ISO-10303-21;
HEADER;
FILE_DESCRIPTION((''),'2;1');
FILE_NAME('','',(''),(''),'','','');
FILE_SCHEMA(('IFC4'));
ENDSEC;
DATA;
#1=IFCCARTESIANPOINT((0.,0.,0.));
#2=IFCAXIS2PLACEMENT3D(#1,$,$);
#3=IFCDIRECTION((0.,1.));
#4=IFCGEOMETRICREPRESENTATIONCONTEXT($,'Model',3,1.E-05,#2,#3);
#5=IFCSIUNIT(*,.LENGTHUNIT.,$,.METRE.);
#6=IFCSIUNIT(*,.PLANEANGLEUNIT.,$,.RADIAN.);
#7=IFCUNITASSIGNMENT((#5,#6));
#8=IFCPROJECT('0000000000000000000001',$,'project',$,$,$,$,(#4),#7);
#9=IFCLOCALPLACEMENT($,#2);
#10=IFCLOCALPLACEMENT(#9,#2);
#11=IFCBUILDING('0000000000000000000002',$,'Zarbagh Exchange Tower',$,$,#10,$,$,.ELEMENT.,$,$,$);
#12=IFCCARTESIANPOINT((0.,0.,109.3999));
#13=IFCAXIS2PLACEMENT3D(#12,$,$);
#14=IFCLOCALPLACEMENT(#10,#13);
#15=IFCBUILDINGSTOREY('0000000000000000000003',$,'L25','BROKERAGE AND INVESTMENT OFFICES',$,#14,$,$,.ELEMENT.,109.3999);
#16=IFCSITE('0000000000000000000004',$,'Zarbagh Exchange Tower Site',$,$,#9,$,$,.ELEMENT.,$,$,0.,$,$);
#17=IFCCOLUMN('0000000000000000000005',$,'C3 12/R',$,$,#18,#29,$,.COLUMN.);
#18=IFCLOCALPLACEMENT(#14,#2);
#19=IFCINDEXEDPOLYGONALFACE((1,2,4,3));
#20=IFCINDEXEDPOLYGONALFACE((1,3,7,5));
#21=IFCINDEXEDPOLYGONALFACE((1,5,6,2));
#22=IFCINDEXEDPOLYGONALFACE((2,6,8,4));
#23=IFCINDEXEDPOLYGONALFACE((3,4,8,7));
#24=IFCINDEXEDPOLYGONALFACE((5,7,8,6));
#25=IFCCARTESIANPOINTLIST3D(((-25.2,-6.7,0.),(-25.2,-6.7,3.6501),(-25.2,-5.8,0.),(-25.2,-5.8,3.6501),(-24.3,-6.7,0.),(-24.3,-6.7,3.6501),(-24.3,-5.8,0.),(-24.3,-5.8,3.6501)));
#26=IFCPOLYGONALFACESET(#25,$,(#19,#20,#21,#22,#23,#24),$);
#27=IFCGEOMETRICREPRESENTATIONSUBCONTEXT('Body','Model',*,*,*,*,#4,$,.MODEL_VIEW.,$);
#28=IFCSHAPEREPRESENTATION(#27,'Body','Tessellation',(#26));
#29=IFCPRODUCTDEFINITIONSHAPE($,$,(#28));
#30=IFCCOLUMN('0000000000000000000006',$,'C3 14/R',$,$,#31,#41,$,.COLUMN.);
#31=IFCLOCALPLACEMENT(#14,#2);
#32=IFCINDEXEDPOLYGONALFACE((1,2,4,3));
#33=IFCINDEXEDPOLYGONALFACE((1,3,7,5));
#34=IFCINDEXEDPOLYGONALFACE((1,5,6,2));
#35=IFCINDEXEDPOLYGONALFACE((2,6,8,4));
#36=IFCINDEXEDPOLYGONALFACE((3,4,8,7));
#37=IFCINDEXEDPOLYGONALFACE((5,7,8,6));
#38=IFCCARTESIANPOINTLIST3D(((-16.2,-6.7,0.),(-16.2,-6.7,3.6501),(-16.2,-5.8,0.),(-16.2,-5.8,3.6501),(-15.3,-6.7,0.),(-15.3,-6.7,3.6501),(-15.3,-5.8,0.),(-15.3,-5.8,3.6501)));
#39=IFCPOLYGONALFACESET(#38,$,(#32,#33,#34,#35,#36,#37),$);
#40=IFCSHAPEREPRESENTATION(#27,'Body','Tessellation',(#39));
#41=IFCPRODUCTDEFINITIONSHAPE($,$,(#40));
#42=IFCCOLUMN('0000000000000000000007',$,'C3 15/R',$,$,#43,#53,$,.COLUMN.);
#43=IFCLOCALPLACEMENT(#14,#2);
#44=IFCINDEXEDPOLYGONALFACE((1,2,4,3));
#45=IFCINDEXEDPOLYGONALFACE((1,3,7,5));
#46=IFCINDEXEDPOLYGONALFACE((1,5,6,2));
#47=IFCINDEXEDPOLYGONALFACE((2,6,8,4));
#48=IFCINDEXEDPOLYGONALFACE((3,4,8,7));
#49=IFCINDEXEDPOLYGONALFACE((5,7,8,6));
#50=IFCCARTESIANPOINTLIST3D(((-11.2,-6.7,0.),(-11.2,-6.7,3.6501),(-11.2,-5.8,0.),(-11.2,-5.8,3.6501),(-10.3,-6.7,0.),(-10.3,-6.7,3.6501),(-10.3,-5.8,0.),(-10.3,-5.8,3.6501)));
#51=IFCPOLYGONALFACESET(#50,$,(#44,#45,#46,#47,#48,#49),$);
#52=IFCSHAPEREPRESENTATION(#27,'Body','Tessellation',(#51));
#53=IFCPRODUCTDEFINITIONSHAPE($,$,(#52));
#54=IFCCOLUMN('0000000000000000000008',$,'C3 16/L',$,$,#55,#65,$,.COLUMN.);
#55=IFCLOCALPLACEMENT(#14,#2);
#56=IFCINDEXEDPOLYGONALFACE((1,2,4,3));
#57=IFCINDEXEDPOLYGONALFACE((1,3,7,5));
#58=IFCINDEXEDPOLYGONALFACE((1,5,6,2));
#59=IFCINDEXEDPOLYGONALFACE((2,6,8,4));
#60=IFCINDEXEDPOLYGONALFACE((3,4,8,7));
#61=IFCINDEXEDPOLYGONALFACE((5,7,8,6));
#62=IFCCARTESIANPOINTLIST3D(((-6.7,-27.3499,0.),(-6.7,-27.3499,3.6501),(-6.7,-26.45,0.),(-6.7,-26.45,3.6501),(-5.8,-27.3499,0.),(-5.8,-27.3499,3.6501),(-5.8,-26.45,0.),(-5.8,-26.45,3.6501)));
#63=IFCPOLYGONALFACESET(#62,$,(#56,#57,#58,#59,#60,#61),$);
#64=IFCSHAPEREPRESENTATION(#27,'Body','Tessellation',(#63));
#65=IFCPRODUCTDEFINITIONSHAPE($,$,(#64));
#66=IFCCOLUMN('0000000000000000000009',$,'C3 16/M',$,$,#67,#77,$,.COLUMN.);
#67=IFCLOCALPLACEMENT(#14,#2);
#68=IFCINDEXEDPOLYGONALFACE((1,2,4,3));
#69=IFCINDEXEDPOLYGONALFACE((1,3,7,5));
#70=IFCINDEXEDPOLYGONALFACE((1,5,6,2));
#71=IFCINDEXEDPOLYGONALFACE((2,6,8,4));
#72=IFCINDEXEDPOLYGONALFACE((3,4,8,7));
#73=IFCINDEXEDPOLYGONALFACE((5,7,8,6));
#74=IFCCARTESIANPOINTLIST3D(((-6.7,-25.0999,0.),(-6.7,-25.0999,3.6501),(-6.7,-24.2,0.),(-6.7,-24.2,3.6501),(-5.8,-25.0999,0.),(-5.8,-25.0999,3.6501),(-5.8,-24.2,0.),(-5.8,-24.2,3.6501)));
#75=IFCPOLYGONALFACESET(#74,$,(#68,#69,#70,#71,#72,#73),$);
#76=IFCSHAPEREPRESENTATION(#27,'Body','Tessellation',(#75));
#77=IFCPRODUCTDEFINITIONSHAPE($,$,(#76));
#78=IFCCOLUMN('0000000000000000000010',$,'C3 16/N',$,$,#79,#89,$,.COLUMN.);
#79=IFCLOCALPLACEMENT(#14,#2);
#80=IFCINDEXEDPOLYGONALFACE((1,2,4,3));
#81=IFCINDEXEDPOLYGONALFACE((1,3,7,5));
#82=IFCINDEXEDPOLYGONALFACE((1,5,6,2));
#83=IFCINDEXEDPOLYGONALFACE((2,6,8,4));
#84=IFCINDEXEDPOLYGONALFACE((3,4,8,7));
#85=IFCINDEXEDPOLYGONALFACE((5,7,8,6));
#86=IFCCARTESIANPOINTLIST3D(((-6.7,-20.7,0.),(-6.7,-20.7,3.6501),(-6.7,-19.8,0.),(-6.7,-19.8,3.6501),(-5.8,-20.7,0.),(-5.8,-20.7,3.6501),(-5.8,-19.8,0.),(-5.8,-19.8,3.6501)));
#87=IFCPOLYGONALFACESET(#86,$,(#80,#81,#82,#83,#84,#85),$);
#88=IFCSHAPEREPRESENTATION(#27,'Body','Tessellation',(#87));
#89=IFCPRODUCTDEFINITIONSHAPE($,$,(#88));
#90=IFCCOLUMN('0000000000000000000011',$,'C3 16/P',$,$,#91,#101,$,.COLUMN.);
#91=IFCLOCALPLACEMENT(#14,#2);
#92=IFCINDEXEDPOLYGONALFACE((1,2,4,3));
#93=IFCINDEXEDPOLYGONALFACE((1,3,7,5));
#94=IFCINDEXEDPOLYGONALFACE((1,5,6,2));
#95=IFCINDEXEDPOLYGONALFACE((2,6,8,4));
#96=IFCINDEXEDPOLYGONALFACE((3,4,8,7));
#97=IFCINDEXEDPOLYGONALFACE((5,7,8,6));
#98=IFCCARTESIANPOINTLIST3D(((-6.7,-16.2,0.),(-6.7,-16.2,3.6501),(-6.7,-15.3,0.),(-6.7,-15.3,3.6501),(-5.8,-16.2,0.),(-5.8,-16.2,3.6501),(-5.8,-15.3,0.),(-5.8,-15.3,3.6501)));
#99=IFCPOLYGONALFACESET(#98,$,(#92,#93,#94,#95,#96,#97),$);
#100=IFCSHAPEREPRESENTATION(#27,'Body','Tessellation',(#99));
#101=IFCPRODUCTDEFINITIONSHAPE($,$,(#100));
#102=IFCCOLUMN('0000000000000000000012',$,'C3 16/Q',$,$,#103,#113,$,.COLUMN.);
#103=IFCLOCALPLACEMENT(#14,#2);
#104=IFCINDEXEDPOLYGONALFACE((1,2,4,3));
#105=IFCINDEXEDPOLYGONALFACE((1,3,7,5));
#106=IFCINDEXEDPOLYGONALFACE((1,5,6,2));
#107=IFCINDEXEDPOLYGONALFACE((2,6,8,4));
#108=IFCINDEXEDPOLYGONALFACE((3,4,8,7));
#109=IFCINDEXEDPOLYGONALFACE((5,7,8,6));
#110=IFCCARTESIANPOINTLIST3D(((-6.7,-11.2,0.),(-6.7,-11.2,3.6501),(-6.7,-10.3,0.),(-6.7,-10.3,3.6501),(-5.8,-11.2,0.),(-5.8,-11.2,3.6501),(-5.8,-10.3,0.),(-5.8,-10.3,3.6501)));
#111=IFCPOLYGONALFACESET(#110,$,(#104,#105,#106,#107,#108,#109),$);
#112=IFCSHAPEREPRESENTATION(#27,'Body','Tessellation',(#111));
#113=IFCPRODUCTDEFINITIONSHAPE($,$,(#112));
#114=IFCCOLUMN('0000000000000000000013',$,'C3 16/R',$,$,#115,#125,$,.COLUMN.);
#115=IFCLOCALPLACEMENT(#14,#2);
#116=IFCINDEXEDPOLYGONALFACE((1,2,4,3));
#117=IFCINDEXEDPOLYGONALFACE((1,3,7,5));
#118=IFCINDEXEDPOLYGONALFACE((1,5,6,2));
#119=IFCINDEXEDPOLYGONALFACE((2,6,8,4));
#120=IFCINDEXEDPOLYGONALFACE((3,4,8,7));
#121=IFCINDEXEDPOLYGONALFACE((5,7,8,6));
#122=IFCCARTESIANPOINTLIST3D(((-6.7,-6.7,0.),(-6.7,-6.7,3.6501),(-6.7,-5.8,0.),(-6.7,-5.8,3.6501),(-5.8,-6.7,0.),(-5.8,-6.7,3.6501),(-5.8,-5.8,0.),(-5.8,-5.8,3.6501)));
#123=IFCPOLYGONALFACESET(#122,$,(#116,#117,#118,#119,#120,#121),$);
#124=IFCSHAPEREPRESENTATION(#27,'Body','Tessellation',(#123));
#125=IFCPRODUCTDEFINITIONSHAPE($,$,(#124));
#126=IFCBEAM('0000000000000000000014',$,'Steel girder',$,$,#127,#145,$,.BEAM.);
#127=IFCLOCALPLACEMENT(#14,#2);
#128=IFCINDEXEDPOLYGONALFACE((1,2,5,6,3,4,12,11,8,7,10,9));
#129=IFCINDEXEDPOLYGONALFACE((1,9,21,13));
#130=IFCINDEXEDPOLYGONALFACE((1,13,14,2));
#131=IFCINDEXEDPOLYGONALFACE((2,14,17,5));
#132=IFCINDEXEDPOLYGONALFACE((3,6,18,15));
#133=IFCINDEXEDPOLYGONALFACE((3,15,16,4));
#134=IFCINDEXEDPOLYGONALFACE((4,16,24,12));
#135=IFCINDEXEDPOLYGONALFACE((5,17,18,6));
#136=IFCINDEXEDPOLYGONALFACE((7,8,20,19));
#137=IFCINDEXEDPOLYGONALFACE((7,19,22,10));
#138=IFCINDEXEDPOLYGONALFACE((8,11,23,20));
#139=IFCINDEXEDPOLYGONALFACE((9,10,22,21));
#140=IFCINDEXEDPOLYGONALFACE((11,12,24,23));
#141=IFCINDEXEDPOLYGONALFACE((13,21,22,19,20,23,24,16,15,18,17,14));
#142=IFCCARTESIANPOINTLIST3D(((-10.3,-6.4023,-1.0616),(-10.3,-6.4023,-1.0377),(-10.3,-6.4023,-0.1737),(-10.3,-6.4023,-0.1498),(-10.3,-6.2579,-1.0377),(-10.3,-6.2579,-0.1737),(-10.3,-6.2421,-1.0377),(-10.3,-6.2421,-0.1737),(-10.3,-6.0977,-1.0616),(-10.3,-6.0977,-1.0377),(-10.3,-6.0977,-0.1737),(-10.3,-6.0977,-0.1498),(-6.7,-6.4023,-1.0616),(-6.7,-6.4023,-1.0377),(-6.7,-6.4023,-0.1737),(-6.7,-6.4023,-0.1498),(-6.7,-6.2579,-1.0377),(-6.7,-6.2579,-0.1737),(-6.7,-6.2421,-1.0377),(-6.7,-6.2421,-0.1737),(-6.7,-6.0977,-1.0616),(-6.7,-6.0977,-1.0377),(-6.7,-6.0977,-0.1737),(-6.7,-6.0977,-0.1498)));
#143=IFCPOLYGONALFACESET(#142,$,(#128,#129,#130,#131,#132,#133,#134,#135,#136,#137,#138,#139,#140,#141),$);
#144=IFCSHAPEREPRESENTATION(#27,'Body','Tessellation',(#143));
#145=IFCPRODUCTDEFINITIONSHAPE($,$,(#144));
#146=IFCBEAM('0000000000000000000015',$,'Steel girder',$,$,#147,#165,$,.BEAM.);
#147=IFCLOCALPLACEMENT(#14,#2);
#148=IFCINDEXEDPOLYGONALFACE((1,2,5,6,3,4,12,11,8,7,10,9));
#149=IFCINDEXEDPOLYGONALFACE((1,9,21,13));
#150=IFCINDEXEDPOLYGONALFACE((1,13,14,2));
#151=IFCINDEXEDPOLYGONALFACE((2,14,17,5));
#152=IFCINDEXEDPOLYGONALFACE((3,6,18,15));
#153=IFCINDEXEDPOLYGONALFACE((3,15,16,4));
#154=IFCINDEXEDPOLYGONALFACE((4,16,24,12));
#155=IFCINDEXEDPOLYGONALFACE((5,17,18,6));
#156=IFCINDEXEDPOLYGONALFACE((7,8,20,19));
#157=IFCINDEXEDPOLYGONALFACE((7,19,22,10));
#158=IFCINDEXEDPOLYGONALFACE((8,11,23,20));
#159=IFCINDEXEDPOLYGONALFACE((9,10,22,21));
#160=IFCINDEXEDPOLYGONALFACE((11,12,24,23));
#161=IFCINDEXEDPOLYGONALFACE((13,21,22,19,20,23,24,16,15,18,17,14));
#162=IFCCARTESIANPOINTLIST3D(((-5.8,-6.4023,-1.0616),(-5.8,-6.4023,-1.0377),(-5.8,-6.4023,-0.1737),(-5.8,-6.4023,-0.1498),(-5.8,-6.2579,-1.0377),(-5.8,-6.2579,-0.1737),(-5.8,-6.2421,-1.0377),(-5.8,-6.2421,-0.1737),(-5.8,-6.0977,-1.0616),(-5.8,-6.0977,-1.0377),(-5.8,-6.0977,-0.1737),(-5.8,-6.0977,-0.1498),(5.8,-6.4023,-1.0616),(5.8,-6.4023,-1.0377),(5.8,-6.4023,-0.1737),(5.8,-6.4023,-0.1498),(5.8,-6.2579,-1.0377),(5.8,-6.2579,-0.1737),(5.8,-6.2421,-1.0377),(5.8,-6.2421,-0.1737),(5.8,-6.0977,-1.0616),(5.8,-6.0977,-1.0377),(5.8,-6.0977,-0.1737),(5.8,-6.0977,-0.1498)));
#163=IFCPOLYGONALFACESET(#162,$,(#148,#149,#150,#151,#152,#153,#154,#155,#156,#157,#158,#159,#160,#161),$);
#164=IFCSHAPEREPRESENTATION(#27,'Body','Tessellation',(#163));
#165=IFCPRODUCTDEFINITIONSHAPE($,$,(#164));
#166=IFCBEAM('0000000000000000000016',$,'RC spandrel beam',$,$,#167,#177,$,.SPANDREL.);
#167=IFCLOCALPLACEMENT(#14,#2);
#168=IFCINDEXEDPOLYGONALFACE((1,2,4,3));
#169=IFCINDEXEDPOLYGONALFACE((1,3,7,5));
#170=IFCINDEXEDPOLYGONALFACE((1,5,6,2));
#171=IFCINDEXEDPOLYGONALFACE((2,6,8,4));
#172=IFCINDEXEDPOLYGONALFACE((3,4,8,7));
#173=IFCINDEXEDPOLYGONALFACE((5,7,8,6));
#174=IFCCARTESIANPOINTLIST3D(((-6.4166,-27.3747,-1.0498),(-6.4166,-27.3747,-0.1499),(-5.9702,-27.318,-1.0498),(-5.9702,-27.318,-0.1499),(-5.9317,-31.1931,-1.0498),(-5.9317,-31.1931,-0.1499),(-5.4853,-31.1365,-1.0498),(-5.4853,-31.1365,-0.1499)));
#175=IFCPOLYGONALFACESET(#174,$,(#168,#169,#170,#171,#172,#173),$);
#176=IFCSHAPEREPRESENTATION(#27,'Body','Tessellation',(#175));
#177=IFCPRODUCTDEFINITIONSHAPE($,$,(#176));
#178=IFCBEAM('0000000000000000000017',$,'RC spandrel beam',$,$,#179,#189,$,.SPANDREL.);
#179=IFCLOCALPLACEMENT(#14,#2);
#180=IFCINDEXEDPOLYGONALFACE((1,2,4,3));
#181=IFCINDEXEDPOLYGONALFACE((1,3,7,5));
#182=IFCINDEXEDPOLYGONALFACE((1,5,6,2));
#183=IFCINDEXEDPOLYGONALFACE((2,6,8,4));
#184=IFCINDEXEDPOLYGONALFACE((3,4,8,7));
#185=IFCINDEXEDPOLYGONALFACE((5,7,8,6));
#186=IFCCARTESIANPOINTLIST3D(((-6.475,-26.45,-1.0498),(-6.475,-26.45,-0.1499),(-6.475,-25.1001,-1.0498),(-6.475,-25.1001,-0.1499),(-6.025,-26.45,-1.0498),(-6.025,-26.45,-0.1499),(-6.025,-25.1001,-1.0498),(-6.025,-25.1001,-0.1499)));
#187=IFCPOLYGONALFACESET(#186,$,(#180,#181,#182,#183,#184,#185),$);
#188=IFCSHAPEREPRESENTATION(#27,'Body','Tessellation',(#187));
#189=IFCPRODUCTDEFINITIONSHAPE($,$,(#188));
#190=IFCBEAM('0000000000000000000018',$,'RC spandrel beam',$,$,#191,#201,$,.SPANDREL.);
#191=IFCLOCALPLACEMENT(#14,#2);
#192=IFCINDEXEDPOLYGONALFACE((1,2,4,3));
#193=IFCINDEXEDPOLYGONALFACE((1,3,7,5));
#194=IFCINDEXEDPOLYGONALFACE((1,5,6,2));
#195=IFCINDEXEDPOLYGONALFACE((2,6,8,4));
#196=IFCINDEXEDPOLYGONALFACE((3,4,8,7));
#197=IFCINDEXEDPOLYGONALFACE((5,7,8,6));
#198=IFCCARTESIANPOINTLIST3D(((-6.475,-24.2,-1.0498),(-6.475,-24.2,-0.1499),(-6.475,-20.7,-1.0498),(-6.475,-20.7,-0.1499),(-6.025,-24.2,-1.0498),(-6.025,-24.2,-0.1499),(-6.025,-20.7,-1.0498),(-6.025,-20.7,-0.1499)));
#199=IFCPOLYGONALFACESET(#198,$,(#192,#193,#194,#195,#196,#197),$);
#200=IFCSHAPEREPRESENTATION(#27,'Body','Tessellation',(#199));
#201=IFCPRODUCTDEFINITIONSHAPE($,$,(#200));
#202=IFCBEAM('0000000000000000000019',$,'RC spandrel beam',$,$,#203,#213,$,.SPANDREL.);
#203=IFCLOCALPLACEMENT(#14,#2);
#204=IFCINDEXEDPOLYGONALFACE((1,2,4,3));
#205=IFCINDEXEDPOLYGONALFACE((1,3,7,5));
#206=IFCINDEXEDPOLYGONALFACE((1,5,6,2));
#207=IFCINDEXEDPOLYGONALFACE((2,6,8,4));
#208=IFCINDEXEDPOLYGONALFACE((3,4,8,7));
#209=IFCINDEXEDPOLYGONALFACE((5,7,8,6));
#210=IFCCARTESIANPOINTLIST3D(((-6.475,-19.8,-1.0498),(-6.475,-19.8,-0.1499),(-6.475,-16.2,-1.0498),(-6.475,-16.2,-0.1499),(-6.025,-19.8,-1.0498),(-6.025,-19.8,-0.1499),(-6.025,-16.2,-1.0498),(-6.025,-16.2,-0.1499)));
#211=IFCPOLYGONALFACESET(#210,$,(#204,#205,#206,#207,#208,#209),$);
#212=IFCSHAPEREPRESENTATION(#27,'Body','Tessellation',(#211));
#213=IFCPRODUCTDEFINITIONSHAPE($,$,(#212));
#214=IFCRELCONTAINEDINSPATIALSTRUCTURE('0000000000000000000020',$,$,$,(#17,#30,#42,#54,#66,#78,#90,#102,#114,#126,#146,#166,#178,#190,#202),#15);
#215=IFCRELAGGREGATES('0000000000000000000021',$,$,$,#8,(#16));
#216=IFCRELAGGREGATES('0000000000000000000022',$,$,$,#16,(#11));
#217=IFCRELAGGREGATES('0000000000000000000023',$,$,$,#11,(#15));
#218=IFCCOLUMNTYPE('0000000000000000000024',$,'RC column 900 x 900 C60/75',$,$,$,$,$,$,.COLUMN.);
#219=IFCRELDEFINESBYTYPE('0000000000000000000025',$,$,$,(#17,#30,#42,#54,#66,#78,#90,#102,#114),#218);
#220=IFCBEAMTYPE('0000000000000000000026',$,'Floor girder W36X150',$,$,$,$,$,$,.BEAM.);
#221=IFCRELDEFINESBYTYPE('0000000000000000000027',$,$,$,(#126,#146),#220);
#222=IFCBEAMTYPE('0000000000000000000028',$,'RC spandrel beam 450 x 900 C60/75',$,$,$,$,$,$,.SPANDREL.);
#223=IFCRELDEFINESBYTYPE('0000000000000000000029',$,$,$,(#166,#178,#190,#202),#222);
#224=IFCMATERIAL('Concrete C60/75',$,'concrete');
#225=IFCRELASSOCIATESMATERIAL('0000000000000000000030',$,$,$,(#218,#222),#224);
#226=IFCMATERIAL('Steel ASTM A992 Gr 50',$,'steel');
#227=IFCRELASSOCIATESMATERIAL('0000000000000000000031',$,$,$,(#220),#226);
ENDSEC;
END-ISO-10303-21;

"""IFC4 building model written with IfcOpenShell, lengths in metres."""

from ifc_helpers import new_model, si_unit, direction, frame, origin, origin_2d, place, context, subcontext, project, spatial, rectangle, i_section, extrude, material, material_profile, profile_set, type_object, element, save


model = new_model("IFC4")

# Units and contexts
model_context = context("Model", 3, precision=1e-05, world=origin(), true_north=direction((0.0, 1.0)))
body_context = subcontext(model_context, "Body", "Model", "MODEL_VIEW")
ifc_project = project(units=[si_unit("LENGTHUNIT", "METRE"), si_unit("PLANEANGLEUNIT", "RADIAN")], contexts=[model_context])

# Site, building, storey
site_placement = place(None, origin())
site = spatial("IfcSite", under=ifc_project, at=site_placement, Name="Zarbagh Exchange Tower Site", CompositionType="ELEMENT", RefElevation=0.0)
building_placement = place(site_placement, origin())
building = spatial("IfcBuilding", under=site, at=building_placement, Name="Zarbagh Exchange Tower", CompositionType="ELEMENT")
storey_placement = place(building_placement, frame((0.0, 0.0, 109.3999)))
storey = spatial("IfcBuildingStorey", under=building, at=storey_placement, Name="L25", Description="BROKERAGE AND INVESTMENT OFFICES", CompositionType="ELEMENT", Elevation=109.3999)

# Columns
ifc_material_1 = material(Name="Concrete C60/75", Category="concrete")
ifc_material_profile_1 = material_profile(ifc_material_1, rectangle(XDim=0.8999, YDim=0.8999, at=origin_2d()), Name="RC column 900 x 900 C60/75")
ifc_profile_set_1 = profile_set([ifc_material_profile_1], Name="Concrete C60/75")
column_type = type_object("IfcColumnType", Name="RC column 900 x 900 C60/75", PredefinedType="COLUMN", material=ifc_profile_set_1)
for number, where, z_axis, x_axis, name in (
    (1, (-24.75, -6.25, 0.0), (0.0, 0.0, 1.0), (1.0, 0.0, 0.0), "C3 12/R"),
    (2, (-15.75, -6.25, 0.0), (0.0, 0.0, 1.0), (1.0, 0.0, 0.0), "C3 14/R"),
    (3, (-10.75, -6.25, 0.0), (0.0, 0.0, 1.0), (1.0, 0.0, 0.0), "C3 15/R"),
    (4, (-6.25, -26.8999, 0.0), (0.0, 0.0, 1.0), (1.0, 0.0, 0.0), "C3 16/L"),
    (5, (-6.25, -24.6499, 0.0), (0.0, 0.0, 1.0), (1.0, 0.0, 0.0), "C3 16/M"),
    (6, (-6.25, -20.25, 0.0), (0.0, 0.0, 1.0), (1.0, 0.0, 0.0), "C3 16/N"),
    (7, (-6.25, -15.75, 0.0), (0.0, 0.0, 1.0), (1.0, 0.0, 0.0), "C3 16/P"),
    (8, (-6.25, -10.75, 0.0), (0.0, 0.0, 1.0), (1.0, 0.0, 0.0), "C3 16/Q"),
    (9, (-6.25, -6.25, 0.0), (0.0, 0.0, 1.0), (1.0, 0.0, 0.0), "C3 16/R"),
):
    element("IfcColumn", number, at=place(storey_placement, frame(where, z_axis=z_axis, x_axis=x_axis)), inside=storey, type_object=column_type, Name=name, PredefinedType="COLUMN", context=body_context, shape_type="SweptSolid", body=[
        extrude(rectangle(XDim=0.8999, YDim=0.8999, at=origin_2d()), origin(), (0.0, 0.0, 1.0), 3.6501),
    ])

# Beams
ifc_material_2 = material(Name="Steel ASTM A992 Gr 50", Category="steel")
ifc_material_profile_2 = material_profile(ifc_material_2, i_section(OverallWidth=0.3047, OverallDepth=0.9119, WebThickness=0.0159, FlangeThickness=0.0239, at=origin_2d()), Name="W36X150")
ifc_profile_set_2 = profile_set([ifc_material_profile_2], Name="Steel ASTM A992 Gr 50")
beam_type_1 = type_object("IfcBeamType", Name="Floor girder W36X150", PredefinedType="BEAM", material=ifc_profile_set_2)
beam_1_placement = place(storey_placement, frame((-10.3, -6.25, -0.6057), z_axis=(1.0, 0.0, 0.0), x_axis=(0.0, 1.0, 0.0)))
element("IfcBeam", 10, at=beam_1_placement, inside=storey, type_object=beam_type_1, Name="Steel girder", PredefinedType="BEAM", context=body_context, shape_type="SweptSolid", body=[
    extrude(i_section(OverallWidth=0.3047, OverallDepth=0.9119, WebThickness=0.0159, FlangeThickness=0.0239, at=origin_2d()), origin(), (0.0, 0.0, 1.0), 3.6001),
])
beam_2_placement = place(storey_placement, frame((-5.8, -6.25, -0.6057), z_axis=(1.0, 0.0, 0.0), x_axis=(0.0, 1.0, 0.0)))
element("IfcBeam", 11, at=beam_2_placement, inside=storey, type_object=beam_type_1, Name="Steel girder", PredefinedType="BEAM", context=body_context, shape_type="SweptSolid", body=[
    extrude(i_section(OverallWidth=0.3047, OverallDepth=0.9119, WebThickness=0.0159, FlangeThickness=0.0239, at=origin_2d()), origin(), (0.0, 0.0, 1.0), 11.6001),
])
ifc_material_profile_3 = material_profile(ifc_material_1, rectangle(XDim=0.45, YDim=0.8999, at=origin_2d()), Name="RC spandrel beam 450 x 900 C60/75")
ifc_profile_set_3 = profile_set([ifc_material_profile_3], Name="Concrete C60/75")
beam_type_2 = type_object("IfcBeamType", Name="RC spandrel beam 450 x 900 C60/75", PredefinedType="SPANDREL", material=ifc_profile_set_3)
beam_3_placement = place(storey_placement, frame((-5.7085, -31.1648, -0.5999), z_axis=(-0.125971, 0.992034, 0.0), x_axis=(-0.992034, -0.125971, 0.0)))
element("IfcBeam", 12, at=beam_3_placement, inside=storey, type_object=beam_type_2, Name="RC spandrel beam", PredefinedType="SPANDREL", context=body_context, shape_type="SweptSolid", body=[
    extrude(rectangle(XDim=0.45, YDim=0.8999, at=origin_2d()), origin(), (0.0, 0.0, 1.0), 3.8491),
])
beam_4_placement = place(storey_placement, frame((-6.25, -26.45, -0.5999), z_axis=(0.0, 1.0, 0.0), x_axis=(-1.0, 0.0, 0.0)))
element("IfcBeam", 13, at=beam_4_placement, inside=storey, type_object=beam_type_2, Name="RC spandrel beam", PredefinedType="SPANDREL", context=body_context, shape_type="SweptSolid", body=[
    extrude(rectangle(XDim=0.45, YDim=0.8999, at=origin_2d()), origin(), (0.0, 0.0, 1.0), 1.3499),
])
beam_5_placement = place(storey_placement, frame((-6.25, -24.2, -0.5999), z_axis=(0.0, 1.0, 0.0), x_axis=(-1.0, 0.0, 0.0)))
element("IfcBeam", 14, at=beam_5_placement, inside=storey, type_object=beam_type_2, Name="RC spandrel beam", PredefinedType="SPANDREL", context=body_context, shape_type="SweptSolid", body=[
    extrude(rectangle(XDim=0.45, YDim=0.8999, at=origin_2d()), origin(), (0.0, 0.0, 1.0), 3.5),
])
beam_6_placement = place(storey_placement, frame((-6.25, -19.8, -0.5999), z_axis=(0.0, 1.0, 0.0), x_axis=(-1.0, 0.0, 0.0)))
element("IfcBeam", 15, at=beam_6_placement, inside=storey, type_object=beam_type_2, Name="RC spandrel beam", PredefinedType="SPANDREL", context=body_context, shape_type="SweptSolid", body=[
    extrude(rectangle(XDim=0.45, YDim=0.8999, at=origin_2d()), origin(), (0.0, 0.0, 1.0), 3.6001),
])

save(model, "model.ifc")
